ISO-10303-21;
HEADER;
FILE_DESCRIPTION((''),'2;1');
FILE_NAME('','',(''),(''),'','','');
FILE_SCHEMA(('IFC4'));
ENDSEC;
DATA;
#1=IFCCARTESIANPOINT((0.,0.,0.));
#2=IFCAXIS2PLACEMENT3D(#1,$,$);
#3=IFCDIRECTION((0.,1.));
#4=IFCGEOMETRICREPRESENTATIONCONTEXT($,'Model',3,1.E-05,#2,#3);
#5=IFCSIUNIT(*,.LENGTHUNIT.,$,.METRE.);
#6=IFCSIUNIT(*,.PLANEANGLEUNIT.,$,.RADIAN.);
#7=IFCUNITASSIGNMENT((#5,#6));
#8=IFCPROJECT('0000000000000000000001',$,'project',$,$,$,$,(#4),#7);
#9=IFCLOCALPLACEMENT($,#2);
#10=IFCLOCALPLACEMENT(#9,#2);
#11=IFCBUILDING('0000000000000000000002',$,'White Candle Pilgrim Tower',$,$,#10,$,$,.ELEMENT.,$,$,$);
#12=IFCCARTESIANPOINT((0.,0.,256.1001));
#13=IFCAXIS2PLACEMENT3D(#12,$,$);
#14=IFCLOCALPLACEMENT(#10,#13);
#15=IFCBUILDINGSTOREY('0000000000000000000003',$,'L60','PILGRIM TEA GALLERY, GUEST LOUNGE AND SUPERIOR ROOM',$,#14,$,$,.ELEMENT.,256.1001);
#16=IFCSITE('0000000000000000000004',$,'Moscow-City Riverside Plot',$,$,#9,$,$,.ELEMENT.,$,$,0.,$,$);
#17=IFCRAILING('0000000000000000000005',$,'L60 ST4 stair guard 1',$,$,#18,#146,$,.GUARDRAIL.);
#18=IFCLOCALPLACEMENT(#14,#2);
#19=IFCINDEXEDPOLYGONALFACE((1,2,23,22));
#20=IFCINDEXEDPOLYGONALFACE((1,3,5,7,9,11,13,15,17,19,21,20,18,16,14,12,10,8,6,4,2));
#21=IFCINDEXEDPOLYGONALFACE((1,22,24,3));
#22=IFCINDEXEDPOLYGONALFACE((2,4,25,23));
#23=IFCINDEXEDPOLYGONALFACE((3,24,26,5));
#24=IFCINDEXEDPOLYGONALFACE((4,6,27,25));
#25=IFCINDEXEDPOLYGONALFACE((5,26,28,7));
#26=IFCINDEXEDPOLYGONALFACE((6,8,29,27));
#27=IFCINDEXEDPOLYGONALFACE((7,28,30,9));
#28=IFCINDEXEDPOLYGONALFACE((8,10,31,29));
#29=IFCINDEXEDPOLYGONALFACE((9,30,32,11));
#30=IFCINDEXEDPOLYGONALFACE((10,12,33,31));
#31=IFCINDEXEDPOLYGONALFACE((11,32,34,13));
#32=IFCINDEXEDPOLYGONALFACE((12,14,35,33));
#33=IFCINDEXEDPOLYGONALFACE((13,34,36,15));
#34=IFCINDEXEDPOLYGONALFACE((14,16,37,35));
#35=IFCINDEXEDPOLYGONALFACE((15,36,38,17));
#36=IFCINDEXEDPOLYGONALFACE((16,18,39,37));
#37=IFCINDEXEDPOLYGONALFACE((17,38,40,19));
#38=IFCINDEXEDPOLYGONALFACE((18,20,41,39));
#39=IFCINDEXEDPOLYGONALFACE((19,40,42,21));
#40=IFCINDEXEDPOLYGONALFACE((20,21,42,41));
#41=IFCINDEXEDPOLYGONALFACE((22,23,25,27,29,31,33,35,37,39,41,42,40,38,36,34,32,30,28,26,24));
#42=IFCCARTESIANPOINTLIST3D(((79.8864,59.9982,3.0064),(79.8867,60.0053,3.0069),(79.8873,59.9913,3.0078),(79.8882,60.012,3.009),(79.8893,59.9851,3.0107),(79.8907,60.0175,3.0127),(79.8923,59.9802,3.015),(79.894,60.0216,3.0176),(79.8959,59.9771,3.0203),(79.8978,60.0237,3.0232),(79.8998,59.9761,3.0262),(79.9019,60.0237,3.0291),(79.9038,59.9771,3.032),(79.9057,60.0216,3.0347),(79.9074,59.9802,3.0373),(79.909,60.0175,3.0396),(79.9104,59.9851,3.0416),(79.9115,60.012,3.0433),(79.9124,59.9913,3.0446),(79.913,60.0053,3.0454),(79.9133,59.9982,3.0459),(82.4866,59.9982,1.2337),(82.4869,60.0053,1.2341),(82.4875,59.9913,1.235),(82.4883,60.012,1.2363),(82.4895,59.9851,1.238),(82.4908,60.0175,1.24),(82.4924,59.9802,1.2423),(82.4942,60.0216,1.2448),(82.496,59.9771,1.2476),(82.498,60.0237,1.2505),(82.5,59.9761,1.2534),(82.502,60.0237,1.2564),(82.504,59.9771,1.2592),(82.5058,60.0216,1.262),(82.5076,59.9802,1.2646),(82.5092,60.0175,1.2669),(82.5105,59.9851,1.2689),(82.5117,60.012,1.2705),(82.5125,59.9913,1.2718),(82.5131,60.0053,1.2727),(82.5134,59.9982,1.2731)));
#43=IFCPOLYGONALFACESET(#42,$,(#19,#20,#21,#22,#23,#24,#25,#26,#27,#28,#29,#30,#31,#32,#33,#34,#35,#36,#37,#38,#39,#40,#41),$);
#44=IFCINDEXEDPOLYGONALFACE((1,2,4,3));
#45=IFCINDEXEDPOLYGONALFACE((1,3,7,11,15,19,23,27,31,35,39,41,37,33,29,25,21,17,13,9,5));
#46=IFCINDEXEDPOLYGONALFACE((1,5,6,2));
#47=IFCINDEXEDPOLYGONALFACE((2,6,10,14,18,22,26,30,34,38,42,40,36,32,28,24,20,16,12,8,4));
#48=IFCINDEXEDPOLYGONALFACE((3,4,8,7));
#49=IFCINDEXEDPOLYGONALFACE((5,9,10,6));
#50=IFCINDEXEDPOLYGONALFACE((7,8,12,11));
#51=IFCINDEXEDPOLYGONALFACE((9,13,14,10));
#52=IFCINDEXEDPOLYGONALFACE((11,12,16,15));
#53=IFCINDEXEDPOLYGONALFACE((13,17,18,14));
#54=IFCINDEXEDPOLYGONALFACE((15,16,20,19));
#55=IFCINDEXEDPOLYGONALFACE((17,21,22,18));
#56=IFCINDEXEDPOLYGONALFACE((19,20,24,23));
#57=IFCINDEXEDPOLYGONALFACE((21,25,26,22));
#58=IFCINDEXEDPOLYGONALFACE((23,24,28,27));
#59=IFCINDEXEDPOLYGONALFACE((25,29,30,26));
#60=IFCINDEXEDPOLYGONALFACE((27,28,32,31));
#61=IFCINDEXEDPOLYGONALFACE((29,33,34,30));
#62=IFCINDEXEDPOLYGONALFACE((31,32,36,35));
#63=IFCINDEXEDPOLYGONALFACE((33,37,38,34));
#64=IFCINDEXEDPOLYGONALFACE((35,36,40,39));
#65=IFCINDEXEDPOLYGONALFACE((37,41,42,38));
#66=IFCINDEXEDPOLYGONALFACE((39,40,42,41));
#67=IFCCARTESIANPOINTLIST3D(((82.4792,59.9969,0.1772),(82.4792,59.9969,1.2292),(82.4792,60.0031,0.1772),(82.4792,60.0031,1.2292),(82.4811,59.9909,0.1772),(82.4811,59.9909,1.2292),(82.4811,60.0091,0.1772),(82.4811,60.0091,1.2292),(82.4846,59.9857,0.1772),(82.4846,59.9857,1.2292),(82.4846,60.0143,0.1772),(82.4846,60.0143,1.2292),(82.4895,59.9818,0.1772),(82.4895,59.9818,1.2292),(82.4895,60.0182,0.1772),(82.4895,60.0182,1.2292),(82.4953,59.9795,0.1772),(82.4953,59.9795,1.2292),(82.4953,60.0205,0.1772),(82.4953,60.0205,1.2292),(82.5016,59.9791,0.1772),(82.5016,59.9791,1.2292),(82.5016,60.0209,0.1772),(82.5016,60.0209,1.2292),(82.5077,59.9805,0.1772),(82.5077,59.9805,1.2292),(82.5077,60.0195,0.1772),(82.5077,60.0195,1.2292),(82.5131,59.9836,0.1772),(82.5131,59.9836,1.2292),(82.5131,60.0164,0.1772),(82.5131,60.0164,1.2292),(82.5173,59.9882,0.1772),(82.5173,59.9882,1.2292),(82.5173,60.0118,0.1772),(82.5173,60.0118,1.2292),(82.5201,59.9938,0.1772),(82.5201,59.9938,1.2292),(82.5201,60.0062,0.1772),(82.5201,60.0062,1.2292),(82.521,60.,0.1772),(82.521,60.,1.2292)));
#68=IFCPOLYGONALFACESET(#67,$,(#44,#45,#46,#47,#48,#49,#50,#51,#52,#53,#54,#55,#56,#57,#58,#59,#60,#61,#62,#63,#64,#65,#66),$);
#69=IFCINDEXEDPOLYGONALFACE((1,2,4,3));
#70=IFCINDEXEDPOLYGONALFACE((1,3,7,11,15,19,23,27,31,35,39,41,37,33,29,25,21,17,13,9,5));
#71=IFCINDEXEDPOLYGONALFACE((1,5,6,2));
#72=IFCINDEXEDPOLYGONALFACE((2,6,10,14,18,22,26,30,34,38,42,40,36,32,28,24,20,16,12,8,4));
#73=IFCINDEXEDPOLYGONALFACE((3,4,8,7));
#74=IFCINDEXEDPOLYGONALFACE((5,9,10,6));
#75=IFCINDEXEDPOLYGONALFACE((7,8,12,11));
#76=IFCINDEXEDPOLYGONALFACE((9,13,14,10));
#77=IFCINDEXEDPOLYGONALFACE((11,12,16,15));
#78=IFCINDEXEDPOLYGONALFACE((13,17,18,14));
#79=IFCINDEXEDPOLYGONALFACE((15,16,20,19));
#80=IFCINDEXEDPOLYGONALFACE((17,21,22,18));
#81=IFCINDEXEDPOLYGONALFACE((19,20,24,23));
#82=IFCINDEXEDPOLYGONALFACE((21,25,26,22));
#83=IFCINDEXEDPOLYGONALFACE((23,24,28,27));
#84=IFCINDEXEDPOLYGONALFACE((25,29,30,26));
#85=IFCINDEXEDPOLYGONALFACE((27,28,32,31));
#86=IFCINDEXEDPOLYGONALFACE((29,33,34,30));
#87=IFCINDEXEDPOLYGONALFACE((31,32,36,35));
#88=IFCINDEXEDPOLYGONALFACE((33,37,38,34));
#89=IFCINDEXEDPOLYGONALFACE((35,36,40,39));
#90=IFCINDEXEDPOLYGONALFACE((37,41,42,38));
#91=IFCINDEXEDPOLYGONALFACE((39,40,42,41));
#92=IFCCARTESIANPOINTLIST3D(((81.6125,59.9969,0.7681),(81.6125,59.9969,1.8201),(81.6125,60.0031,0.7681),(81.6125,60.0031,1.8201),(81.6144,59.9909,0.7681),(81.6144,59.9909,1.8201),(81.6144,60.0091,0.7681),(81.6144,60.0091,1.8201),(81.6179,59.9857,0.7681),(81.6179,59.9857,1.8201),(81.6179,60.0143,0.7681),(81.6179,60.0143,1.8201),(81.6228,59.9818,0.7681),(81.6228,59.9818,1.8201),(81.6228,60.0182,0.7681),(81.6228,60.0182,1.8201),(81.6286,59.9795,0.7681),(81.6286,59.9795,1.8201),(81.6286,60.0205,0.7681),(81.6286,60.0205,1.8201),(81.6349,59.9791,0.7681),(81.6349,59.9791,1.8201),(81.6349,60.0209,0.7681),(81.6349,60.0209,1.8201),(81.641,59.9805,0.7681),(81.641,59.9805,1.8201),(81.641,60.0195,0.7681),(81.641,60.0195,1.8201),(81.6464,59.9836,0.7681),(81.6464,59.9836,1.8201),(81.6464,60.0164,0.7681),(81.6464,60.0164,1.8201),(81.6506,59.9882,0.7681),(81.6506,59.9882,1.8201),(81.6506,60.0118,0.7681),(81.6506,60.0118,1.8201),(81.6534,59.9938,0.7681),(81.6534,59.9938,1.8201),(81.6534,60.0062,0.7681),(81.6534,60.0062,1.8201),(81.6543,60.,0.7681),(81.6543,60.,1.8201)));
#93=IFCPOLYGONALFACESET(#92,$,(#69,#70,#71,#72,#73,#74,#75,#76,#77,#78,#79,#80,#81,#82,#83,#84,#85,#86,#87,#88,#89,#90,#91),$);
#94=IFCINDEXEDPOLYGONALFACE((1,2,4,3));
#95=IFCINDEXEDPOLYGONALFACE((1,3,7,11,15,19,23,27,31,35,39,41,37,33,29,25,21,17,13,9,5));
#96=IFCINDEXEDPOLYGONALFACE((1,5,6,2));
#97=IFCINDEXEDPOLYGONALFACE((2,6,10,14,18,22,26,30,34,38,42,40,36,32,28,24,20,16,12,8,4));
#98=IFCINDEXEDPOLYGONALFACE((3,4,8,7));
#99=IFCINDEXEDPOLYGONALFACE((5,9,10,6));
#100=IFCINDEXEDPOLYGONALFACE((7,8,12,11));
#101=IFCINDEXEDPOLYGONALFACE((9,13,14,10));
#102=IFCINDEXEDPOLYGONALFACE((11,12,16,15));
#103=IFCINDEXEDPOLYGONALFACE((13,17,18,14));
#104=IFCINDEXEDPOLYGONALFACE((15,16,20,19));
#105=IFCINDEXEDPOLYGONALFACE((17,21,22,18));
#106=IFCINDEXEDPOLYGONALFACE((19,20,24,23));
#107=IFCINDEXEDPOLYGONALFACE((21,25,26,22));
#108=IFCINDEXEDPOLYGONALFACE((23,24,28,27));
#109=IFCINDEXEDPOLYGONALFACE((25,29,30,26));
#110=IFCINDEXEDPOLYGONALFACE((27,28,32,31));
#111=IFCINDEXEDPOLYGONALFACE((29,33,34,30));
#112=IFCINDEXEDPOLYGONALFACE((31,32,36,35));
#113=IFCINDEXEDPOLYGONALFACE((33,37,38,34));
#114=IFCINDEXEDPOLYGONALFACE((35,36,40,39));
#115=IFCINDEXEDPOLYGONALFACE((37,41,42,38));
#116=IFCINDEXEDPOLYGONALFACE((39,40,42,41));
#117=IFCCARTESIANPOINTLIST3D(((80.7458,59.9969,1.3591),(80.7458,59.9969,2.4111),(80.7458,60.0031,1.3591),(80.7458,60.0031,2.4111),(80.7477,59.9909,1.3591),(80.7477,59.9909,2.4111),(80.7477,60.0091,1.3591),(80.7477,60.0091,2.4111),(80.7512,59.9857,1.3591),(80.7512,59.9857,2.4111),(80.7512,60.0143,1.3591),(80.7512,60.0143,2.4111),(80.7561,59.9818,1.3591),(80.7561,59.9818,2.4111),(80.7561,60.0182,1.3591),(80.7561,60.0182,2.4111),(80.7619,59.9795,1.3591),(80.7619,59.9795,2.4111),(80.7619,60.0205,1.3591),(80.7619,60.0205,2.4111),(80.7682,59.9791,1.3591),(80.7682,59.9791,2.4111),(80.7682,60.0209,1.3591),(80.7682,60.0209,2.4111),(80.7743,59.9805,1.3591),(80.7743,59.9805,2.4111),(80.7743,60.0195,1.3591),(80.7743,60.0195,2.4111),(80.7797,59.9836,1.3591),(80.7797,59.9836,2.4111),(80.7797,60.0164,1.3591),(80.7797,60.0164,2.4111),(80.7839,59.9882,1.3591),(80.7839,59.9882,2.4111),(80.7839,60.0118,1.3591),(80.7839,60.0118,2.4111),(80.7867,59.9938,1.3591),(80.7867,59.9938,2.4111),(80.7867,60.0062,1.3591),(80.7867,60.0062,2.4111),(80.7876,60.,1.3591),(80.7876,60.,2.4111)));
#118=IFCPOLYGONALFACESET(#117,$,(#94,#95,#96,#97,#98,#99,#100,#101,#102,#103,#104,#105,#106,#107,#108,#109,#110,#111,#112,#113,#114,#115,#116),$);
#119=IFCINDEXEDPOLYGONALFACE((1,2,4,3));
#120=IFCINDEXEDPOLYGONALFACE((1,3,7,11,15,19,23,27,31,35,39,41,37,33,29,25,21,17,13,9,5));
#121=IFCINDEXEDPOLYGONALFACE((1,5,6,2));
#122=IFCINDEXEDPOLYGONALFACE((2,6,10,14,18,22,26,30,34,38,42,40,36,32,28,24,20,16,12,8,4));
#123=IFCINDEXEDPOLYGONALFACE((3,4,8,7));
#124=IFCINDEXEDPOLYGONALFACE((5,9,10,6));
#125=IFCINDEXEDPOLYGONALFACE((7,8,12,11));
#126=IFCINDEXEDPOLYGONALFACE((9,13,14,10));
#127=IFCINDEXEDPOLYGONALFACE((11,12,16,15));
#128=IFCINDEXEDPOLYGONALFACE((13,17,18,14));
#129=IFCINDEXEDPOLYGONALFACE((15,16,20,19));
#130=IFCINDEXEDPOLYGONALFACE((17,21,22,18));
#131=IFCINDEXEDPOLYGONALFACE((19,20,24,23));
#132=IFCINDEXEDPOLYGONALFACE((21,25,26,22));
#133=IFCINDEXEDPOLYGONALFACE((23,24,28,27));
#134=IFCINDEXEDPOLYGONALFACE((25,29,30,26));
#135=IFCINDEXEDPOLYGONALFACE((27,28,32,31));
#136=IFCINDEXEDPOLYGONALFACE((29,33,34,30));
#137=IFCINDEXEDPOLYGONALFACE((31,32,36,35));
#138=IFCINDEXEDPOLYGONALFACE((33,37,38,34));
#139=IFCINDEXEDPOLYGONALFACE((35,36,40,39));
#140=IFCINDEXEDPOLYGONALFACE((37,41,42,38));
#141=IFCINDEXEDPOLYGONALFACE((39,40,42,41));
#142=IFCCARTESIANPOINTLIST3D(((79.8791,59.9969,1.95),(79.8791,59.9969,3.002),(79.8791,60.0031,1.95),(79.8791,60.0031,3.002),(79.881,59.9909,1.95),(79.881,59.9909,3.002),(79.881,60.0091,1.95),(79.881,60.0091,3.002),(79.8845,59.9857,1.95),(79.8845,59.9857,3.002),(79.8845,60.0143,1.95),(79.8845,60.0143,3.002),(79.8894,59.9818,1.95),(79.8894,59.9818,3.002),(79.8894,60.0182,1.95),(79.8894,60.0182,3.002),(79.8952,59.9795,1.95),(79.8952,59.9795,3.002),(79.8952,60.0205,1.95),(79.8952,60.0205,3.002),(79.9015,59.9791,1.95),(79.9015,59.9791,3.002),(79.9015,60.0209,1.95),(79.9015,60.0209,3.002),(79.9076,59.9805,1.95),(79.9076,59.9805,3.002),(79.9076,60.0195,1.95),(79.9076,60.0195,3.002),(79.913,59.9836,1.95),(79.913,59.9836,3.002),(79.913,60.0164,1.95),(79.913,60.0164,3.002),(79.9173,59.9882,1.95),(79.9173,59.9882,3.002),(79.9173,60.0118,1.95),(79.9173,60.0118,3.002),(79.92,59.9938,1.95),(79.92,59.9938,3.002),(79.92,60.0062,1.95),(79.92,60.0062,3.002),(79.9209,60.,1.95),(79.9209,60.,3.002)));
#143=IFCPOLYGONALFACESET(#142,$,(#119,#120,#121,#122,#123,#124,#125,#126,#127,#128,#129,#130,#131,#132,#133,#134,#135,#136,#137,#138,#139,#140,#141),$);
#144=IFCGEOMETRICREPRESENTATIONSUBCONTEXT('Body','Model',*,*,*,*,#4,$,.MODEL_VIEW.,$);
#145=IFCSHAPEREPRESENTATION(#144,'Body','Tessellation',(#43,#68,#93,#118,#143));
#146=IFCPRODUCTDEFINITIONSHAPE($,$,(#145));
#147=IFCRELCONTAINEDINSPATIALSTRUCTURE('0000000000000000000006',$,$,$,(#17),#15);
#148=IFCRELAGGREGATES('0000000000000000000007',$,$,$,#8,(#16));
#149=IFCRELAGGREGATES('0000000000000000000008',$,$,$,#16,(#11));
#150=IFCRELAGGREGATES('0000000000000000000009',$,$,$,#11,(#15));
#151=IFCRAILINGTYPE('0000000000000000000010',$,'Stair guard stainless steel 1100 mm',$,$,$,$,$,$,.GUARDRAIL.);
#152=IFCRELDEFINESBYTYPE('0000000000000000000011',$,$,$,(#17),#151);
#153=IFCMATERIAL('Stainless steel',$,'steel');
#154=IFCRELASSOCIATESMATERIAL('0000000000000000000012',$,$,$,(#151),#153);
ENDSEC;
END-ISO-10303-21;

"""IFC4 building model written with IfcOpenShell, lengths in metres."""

from ifc_helpers import new_model, si_unit, direction, frame, origin, origin_2d, place, context, subcontext, project, spatial, circle, extrude, material, type_object, element, save


model = new_model("IFC4")

# Units and contexts
model_context = context("Model", 3, precision=1e-05, world=origin(), true_north=direction((0.0, 1.0)))
body_context = subcontext(model_context, "Body", "Model", "MODEL_VIEW")
ifc_project = project(units=[si_unit("LENGTHUNIT", "METRE"), si_unit("PLANEANGLEUNIT", "RADIAN")], contexts=[model_context])

# Site, building, storey
site_placement = place(None, origin())
site = spatial("IfcSite", under=ifc_project, at=site_placement, Name="Moscow-City Riverside Plot", CompositionType="ELEMENT", RefElevation=0.0)
building_placement = place(site_placement, origin())
building = spatial("IfcBuilding", under=site, at=building_placement, Name="White Candle Pilgrim Tower", CompositionType="ELEMENT")
storey_placement = place(building_placement, frame((0.0, 0.0, 256.1001)))
storey = spatial("IfcBuildingStorey", under=building, at=storey_placement, Name="L60", Description="PILGRIM TEA GALLERY, GUEST LOUNGE AND SUPERIOR ROOM", CompositionType="ELEMENT", Elevation=256.1001)

# Railing
ifc_material_1 = material(Name="Stainless steel", Category="steel")
railing_type_1 = type_object("IfcRailingType", Name="Stair guard stainless steel 1100 mm", PredefinedType="GUARDRAIL", material=ifc_material_1)
railing_1_placement = place(storey_placement, frame((82.5, 60.0, 0.1772)))
element("IfcRailing", 1, at=railing_1_placement, inside=storey, type_object=railing_type_1, Name="L60 ST4 stair guard 1", PredefinedType="GUARDRAIL", context=body_context, shape_type="SweptSolid", body=[
    extrude(circle(Radius=0.0239, at=origin_2d()), frame((0.0, 0.0, 1.0762), z_axis=(-0.82624, 0.0, 0.563318), x_axis=(0.0, -1.0, 0.0)), (0.0, 0.0, 1.0), 3.147),
    extrude(circle(Radius=0.021, at=origin_2d()), origin(), (0.0, 0.0, 1.0), 1.052),
    extrude(circle(Radius=0.021, at=origin_2d()), frame((-0.8667, 0.0, 0.5908)), (0.0, 0.0, 1.0), 1.052),
    extrude(circle(Radius=0.021, at=origin_2d()), frame((-1.7334, 0.0, 1.1819)), (0.0, 0.0, 1.0), 1.052),
    extrude(circle(Radius=0.021, at=origin_2d()), frame((-2.6001, 0.0, 1.7727)), (0.0, 0.0, 1.0), 1.052),
])

save(model, "model.ifc")
